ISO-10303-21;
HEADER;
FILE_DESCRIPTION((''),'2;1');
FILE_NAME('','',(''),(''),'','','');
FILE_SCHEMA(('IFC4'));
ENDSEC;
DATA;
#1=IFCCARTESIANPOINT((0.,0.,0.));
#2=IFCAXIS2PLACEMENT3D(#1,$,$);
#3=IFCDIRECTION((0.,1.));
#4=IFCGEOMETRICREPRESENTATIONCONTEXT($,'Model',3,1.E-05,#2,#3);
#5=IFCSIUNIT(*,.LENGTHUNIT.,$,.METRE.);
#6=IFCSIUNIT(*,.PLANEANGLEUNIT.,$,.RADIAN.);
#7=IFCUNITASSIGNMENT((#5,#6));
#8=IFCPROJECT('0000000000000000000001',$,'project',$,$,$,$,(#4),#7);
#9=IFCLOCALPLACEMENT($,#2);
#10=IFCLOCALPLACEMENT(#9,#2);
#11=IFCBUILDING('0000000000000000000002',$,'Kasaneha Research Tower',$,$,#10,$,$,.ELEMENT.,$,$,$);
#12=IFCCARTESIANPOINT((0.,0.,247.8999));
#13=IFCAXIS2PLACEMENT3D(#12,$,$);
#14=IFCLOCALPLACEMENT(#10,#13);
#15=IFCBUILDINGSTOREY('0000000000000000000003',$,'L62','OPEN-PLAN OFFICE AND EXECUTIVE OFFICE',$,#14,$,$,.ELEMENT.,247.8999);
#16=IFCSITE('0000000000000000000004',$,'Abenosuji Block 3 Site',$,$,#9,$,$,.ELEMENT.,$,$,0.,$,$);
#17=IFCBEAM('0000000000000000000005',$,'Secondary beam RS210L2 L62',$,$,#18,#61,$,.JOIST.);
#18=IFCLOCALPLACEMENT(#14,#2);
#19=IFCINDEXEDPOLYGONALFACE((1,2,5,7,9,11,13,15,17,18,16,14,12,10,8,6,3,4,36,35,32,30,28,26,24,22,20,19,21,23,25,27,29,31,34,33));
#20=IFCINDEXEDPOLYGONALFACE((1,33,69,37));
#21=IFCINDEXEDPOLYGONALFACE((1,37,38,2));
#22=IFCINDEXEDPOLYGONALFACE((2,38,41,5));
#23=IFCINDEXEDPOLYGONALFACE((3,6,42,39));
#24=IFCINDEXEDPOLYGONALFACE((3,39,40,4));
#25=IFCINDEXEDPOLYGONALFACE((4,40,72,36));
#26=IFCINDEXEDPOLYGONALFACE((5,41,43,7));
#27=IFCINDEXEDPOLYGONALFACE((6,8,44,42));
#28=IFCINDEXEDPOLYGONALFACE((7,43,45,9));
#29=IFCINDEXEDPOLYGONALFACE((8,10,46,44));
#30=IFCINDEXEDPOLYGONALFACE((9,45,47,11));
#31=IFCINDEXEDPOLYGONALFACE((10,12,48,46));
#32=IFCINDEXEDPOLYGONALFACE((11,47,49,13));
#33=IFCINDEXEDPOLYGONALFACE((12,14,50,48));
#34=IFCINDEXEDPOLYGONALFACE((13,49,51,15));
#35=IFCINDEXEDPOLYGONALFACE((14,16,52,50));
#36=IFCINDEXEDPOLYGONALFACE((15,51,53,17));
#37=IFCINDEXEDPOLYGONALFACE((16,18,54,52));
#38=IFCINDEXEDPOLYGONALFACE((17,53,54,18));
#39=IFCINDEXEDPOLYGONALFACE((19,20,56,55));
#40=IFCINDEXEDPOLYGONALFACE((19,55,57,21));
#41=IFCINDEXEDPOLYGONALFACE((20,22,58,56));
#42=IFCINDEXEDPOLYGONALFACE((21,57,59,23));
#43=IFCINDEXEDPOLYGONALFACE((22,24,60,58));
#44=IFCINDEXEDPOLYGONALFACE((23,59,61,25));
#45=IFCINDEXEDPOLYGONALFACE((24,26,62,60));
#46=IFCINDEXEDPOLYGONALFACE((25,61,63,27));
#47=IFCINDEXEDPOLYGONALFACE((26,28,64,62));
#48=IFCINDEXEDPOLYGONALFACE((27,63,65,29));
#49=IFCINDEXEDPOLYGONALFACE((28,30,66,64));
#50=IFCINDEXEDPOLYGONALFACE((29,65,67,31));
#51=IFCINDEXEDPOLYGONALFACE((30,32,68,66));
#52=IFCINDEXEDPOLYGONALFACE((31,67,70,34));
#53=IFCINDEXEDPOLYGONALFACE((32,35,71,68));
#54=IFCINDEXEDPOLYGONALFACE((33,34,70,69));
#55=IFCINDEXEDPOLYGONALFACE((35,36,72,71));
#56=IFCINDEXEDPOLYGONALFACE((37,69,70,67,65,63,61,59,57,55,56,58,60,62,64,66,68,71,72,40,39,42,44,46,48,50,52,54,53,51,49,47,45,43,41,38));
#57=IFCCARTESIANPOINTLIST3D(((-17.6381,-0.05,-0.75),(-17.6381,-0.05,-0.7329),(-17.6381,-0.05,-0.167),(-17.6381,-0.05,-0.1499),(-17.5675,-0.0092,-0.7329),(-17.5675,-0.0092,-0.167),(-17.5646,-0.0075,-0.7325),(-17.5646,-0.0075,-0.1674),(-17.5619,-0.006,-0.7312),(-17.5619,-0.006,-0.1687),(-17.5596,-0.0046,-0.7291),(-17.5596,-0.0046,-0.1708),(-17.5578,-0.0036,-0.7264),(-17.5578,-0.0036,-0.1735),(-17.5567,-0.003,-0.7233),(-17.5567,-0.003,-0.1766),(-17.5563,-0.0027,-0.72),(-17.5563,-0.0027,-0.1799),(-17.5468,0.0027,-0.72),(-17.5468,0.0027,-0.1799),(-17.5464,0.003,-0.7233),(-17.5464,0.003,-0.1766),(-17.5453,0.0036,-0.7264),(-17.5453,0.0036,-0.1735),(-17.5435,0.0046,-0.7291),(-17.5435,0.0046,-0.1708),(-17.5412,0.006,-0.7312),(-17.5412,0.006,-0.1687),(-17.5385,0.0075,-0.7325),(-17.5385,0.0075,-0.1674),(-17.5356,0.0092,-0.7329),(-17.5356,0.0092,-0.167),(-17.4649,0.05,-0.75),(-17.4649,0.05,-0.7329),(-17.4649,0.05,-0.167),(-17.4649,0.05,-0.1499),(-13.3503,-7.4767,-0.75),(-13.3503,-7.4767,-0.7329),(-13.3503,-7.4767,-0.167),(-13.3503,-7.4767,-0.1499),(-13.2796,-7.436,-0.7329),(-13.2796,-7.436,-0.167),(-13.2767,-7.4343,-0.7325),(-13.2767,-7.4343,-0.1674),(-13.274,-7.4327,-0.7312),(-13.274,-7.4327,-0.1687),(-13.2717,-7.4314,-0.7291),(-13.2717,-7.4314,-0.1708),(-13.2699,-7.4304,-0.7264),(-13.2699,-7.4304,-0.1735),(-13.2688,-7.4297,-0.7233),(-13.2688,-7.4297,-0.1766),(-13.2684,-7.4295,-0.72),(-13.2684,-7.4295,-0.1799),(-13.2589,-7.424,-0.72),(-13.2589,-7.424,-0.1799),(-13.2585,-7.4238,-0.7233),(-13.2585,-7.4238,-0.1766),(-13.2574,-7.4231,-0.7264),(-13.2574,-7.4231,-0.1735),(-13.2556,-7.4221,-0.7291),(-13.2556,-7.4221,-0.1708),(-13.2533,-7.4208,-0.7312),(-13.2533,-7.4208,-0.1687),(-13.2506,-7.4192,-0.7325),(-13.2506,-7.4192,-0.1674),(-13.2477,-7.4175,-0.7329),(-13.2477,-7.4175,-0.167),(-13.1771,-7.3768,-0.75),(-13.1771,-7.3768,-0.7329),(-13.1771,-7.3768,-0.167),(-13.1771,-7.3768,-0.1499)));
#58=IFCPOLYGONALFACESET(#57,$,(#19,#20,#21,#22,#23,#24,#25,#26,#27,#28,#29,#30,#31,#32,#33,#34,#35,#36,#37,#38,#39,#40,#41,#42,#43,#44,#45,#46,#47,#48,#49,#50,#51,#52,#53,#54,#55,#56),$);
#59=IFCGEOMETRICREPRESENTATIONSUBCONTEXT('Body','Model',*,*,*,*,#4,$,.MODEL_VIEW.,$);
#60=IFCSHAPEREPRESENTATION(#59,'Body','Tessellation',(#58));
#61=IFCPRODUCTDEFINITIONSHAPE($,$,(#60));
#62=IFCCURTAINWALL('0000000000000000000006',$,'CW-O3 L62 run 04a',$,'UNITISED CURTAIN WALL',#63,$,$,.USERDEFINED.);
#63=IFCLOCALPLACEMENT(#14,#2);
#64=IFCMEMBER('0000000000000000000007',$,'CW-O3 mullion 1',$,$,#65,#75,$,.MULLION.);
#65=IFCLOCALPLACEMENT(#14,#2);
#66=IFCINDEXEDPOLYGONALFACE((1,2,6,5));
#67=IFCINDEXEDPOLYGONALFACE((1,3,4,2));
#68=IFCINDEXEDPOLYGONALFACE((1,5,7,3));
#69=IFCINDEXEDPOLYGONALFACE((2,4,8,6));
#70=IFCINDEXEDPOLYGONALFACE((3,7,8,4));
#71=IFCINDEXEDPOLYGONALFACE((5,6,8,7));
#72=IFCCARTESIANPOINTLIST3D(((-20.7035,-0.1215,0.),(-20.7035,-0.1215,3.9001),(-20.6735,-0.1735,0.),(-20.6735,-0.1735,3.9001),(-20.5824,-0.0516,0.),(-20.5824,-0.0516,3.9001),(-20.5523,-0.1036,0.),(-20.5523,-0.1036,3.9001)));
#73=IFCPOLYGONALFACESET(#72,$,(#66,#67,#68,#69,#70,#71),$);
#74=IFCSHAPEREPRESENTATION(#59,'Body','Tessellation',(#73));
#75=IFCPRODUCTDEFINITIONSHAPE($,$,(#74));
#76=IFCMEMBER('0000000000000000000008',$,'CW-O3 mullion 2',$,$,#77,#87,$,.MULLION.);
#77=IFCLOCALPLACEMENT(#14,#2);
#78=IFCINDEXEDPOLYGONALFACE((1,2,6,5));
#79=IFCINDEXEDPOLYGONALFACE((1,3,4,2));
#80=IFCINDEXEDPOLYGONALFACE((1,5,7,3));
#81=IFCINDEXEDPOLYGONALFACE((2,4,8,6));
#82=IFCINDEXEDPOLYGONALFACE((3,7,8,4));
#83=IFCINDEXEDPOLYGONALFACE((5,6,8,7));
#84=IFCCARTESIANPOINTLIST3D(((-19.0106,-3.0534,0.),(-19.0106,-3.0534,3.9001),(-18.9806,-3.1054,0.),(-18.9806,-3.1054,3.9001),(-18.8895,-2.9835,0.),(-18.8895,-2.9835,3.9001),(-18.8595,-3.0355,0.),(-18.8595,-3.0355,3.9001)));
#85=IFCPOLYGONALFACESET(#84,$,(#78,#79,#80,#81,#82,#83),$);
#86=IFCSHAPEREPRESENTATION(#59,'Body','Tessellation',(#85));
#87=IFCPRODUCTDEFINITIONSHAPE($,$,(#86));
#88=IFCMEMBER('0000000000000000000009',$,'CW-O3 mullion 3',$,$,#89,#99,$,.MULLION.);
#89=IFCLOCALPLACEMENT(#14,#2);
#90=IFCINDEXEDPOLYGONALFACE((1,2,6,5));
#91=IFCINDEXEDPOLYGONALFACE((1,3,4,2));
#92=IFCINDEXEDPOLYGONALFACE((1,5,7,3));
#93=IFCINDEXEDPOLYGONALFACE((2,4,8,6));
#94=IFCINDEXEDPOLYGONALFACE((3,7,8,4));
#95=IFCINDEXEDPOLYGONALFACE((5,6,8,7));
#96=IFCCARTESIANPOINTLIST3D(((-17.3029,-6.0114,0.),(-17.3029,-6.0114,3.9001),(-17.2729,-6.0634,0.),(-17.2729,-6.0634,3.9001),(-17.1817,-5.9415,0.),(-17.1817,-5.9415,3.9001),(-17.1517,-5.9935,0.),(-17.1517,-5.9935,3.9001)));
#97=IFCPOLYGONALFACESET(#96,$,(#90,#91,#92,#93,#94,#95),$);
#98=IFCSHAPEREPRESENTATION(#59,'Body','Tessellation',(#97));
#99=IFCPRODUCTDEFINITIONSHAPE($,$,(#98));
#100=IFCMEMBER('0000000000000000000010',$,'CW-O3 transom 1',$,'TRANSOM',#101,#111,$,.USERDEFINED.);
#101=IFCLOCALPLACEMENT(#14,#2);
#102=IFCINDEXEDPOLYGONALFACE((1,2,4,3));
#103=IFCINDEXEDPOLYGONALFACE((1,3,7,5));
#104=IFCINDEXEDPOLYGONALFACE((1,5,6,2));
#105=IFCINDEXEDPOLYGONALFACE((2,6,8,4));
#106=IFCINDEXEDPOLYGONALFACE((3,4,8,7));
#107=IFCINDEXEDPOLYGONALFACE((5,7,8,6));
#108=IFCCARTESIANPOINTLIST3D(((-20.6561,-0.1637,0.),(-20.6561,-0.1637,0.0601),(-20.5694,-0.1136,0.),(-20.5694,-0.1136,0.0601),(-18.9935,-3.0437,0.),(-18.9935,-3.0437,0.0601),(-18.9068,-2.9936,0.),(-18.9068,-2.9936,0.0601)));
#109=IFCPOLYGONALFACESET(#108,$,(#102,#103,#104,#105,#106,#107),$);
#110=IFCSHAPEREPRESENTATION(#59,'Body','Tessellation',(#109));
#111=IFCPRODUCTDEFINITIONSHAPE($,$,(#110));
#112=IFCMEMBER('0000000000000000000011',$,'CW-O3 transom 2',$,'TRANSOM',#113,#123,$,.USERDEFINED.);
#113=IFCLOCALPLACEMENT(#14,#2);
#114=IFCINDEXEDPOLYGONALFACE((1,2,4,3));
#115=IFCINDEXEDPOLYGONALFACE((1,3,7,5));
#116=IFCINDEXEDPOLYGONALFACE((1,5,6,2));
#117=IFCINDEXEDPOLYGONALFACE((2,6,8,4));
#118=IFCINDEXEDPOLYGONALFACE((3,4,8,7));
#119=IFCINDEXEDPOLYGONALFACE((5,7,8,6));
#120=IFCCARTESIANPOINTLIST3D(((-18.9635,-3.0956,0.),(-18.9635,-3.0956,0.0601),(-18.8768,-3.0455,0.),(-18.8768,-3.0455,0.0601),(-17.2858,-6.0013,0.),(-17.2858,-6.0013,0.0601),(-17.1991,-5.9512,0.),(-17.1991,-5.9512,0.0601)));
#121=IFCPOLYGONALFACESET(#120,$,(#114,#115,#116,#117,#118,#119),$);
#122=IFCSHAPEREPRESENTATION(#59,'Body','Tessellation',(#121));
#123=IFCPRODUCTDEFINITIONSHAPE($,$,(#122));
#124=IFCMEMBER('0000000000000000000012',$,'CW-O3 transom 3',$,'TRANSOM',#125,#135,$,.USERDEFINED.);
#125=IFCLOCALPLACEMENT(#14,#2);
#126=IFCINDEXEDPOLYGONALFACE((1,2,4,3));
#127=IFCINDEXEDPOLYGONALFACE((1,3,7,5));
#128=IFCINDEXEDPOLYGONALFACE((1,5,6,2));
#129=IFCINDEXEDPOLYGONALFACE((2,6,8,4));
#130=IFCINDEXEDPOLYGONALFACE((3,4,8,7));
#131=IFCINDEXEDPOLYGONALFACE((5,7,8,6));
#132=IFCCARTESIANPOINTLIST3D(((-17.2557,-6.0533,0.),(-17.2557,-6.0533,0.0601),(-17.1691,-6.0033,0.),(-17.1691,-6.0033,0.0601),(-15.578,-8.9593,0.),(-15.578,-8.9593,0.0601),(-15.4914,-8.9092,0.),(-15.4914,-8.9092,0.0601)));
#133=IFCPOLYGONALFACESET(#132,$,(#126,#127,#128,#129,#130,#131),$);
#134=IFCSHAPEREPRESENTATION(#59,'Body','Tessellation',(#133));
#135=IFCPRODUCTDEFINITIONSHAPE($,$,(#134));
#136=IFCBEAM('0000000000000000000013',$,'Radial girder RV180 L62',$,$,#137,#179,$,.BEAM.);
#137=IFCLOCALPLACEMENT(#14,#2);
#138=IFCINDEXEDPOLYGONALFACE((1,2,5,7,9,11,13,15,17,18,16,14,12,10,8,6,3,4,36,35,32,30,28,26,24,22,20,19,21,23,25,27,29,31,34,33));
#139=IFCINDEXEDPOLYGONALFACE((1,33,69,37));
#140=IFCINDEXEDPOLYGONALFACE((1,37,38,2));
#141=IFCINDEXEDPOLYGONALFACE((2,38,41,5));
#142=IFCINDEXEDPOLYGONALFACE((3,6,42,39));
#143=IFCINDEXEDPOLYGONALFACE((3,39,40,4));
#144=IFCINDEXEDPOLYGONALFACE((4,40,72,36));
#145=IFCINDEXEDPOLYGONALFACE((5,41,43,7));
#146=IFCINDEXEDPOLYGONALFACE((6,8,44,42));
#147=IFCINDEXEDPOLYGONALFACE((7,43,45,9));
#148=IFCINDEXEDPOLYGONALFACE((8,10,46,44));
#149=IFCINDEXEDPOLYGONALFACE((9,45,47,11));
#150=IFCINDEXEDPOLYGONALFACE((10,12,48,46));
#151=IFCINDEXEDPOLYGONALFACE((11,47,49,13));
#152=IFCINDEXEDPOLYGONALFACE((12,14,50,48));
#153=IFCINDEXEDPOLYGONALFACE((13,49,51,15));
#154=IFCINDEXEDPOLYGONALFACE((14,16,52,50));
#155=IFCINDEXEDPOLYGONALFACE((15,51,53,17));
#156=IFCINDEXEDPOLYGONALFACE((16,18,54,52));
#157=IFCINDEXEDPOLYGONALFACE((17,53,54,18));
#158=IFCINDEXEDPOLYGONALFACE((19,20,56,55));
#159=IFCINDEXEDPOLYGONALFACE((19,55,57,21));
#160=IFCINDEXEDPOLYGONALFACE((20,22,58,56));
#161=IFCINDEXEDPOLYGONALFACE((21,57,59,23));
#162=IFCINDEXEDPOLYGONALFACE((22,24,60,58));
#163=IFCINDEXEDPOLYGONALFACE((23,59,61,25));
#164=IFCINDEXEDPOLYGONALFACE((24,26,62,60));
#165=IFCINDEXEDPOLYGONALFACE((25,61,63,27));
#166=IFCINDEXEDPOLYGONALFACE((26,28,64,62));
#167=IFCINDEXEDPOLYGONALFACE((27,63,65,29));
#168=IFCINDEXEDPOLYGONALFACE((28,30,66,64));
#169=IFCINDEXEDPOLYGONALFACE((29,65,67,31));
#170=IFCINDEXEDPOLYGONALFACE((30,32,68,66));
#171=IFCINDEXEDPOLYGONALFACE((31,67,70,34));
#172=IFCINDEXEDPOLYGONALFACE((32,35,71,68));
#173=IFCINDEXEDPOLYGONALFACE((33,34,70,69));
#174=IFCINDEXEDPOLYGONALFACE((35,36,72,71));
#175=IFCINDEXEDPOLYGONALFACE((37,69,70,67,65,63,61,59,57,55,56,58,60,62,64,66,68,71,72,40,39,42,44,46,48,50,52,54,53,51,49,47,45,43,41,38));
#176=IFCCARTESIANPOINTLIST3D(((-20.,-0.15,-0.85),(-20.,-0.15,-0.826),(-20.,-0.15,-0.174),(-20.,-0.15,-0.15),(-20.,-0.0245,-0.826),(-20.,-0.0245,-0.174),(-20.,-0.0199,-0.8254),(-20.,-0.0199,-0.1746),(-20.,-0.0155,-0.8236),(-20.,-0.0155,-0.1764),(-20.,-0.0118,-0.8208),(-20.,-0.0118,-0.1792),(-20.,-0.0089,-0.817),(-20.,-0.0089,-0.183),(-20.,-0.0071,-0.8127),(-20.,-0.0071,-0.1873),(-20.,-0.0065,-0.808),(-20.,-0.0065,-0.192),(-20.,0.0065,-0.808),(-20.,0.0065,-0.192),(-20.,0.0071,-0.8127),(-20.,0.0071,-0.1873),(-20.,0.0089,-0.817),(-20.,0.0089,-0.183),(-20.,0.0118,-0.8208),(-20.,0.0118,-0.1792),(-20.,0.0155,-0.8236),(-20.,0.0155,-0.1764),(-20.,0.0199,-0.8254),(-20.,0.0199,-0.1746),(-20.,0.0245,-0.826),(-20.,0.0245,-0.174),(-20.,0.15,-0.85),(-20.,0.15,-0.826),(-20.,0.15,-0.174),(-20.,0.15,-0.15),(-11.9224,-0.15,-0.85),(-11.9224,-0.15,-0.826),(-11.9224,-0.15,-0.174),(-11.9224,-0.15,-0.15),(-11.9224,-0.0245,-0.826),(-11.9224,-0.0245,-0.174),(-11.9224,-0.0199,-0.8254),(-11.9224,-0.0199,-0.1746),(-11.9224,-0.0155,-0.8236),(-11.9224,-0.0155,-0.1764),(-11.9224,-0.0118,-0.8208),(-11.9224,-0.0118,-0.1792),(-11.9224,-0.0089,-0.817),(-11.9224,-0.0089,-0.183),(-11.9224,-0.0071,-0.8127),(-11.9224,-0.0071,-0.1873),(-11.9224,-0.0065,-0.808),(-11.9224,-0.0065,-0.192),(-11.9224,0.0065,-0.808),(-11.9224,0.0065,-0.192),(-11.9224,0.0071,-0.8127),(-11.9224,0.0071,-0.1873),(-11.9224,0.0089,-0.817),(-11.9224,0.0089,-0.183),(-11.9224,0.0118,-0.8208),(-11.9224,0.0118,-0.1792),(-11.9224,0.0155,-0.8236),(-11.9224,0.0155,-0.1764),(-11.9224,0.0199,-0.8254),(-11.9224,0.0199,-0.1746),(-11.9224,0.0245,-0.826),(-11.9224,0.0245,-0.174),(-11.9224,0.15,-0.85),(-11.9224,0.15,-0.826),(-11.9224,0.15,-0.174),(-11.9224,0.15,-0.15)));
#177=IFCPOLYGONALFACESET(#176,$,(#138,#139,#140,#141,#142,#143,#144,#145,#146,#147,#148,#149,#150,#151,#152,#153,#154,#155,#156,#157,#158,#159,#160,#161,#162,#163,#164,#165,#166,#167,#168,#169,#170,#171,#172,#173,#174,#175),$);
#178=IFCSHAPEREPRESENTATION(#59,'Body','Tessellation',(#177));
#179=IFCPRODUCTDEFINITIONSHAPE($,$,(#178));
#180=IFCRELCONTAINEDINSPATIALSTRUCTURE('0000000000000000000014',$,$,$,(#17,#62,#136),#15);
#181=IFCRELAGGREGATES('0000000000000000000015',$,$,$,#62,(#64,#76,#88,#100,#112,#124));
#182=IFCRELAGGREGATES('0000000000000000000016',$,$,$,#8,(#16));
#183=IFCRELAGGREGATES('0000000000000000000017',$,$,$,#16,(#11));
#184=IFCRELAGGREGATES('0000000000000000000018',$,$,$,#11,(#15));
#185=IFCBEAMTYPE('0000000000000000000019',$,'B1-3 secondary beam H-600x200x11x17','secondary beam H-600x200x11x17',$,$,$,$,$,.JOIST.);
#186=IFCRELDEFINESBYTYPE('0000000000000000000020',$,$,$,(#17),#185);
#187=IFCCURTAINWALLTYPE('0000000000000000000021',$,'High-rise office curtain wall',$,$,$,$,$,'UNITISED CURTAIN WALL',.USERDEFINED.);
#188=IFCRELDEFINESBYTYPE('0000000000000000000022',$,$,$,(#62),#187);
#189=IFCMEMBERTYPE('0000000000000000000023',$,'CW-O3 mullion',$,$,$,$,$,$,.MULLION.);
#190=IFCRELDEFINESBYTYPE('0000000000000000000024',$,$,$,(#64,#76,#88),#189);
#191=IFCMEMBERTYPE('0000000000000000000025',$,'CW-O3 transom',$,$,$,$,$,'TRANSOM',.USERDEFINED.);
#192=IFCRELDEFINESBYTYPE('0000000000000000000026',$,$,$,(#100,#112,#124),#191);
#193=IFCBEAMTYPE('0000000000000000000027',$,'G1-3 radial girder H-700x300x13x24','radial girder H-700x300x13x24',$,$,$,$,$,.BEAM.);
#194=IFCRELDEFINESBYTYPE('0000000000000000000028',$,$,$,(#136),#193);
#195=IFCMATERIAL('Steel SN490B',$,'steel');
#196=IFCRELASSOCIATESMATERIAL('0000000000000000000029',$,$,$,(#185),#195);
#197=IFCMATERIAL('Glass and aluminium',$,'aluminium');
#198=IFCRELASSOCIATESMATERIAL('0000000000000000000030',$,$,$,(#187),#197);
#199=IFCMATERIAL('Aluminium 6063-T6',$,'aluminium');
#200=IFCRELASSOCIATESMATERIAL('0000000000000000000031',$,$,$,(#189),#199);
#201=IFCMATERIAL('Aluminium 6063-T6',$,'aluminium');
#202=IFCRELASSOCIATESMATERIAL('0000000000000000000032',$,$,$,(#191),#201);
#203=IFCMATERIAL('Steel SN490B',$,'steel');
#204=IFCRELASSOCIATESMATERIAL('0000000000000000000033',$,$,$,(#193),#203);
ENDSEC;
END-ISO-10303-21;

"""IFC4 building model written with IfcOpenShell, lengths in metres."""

from ifc_helpers import new_model, si_unit, direction, frame, origin, origin_2d, place, context, subcontext, project, spatial, rectangle, i_section, extrude, material, material_profile, profile_set, type_object, element, aggregate, save


model = new_model("IFC4")

# Units and contexts
model_context = context("Model", 3, precision=1e-05, world=origin(), true_north=direction((0.0, 1.0)))
body_context = subcontext(model_context, "Body", "Model", "MODEL_VIEW")
ifc_project = project(units=[si_unit("LENGTHUNIT", "METRE"), si_unit("PLANEANGLEUNIT", "RADIAN")], contexts=[model_context])

# Site, building, storey
site_placement = place(None, origin())
site = spatial("IfcSite", under=ifc_project, at=site_placement, Name="Abenosuji Block 3 Site", CompositionType="ELEMENT", RefElevation=0.0)
building_placement = place(site_placement, origin())
building = spatial("IfcBuilding", under=site, at=building_placement, Name="Kasaneha Research Tower", CompositionType="ELEMENT")
storey_placement = place(building_placement, frame((0.0, 0.0, 247.8999)))
storey = spatial("IfcBuildingStorey", under=building, at=storey_placement, Name="L62", Description="OPEN-PLAN OFFICE AND EXECUTIVE OFFICE", CompositionType="ELEMENT", Elevation=247.8999)

# Beam
ifc_material_1 = material(Name="Steel SN490B", Category="steel")
ifc_material_profile_1 = material_profile(ifc_material_1, i_section(OverallWidth=0.2, OverallDepth=0.6001, WebThickness=0.011, FlangeThickness=0.0171, FilletRadius=0.0129, at=origin_2d()), Name="H-600x200x11x17")
ifc_profile_set_1 = profile_set([ifc_material_profile_1], Name="Steel SN490B")
beam_type_1 = type_object("IfcBeamType", Name="B1-3 secondary beam H-600x200x11x17", Description="secondary beam H-600x200x11x17", PredefinedType="JOIST", material=ifc_profile_set_1)
beam_1_placement = place(storey_placement, frame((-17.5515, 0.0, -0.45), z_axis=(0.5, -0.866025, 0.0), x_axis=(0.866025, 0.5, 0.0)))
element("IfcBeam", 1, at=beam_1_placement, inside=storey, type_object=beam_type_1, Name="Secondary beam RS210L2 L62", PredefinedType="JOIST", context=body_context, shape_type="SweptSolid", body=[
    extrude(i_section(OverallWidth=0.2, OverallDepth=0.6001, WebThickness=0.011, FlangeThickness=0.0171, FilletRadius=0.0129, at=origin_2d()), origin(), (0.0, 0.0, 1.0), 8.5757),
])

# Curtain wall, members
ifc_material_2 = material(Name="Glass and aluminium", Category="aluminium")
curtain_wall_type = type_object("IfcCurtainWallType", Name="High-rise office curtain wall", ElementType="UNITISED CURTAIN WALL", PredefinedType="USERDEFINED", material=ifc_material_2)
curtain_wall_placement = place(storey_placement, origin())
curtain_wall = element("IfcCurtainWall", 2, at=curtain_wall_placement, inside=storey, type_object=curtain_wall_type, Name="CW-O3 L62 run 04a", ObjectType="UNITISED CURTAIN WALL", PredefinedType="USERDEFINED")
ifc_material_3 = material(Name="Aluminium 6063-T6", Category="aluminium")
ifc_material_profile_2 = material_profile(ifc_material_3, rectangle(XDim=0.0601, YDim=0.1399, at=origin_2d()), Name="CW-O3 mullion 60x140")
ifc_profile_set_2 = profile_set([ifc_material_profile_2], Name="Aluminium 6063-T6")
member_type_1 = type_object("IfcMemberType", Name="CW-O3 mullion", PredefinedType="MULLION", material=ifc_profile_set_2)
member_1_placement = place(storey_placement, frame((-20.6279, -0.1125, 0.0), z_axis=(0.0, 0.0, 1.0), x_axis=(0.5, -0.866025, 0.0)))
member_1 = element("IfcMember", 3, at=member_1_placement, type_object=member_type_1, Name="CW-O3 mullion 1", PredefinedType="MULLION", context=body_context, shape_type="SweptSolid", body=[
    extrude(rectangle(XDim=0.0601, YDim=0.1399, at=origin_2d()), origin(), (0.0, 0.0, 1.0), 3.9001),
])
member_2_placement = place(storey_placement, frame((-18.9351, -3.0444, 0.0), z_axis=(0.0, 0.0, 1.0), x_axis=(0.5, -0.866025, 0.0)))
member_2 = element("IfcMember", 4, at=member_2_placement, type_object=member_type_1, Name="CW-O3 mullion 2", PredefinedType="MULLION", context=body_context, shape_type="SweptSolid", body=[
    extrude(rectangle(XDim=0.0601, YDim=0.1399, at=origin_2d()), origin(), (0.0, 0.0, 1.0), 3.9001),
])
member_3_placement = place(storey_placement, frame((-17.2273, -6.0024, 0.0), z_axis=(0.0, 0.0, 1.0), x_axis=(0.5, -0.866025, 0.0)))
member_3 = element("IfcMember", 5, at=member_3_placement, type_object=member_type_1, Name="CW-O3 mullion 3", PredefinedType="MULLION", context=body_context, shape_type="SweptSolid", body=[
    extrude(rectangle(XDim=0.0601, YDim=0.1399, at=origin_2d()), origin(), (0.0, 0.0, 1.0), 3.9001),
])
ifc_material_4 = material(Name="Aluminium 6063-T6", Category="aluminium")
ifc_material_profile_3 = material_profile(ifc_material_4, rectangle(XDim=0.1001, YDim=0.0601, at=origin_2d()), Name="CW-O3 transom 100x60")
ifc_profile_set_3 = profile_set([ifc_material_profile_3], Name="Aluminium 6063-T6")
member_type_2 = type_object("IfcMemberType", Name="CW-O3 transom", ElementType="TRANSOM", PredefinedType="USERDEFINED", material=ifc_profile_set_3)
member_4_placement = place(storey_placement, frame((-20.6128, -0.1387, 0.03), z_axis=(0.499977, -0.866039, 0.0), x_axis=(0.866039, 0.499977, 0.0)))
member_4 = element("IfcMember", 6, at=member_4_placement, type_object=member_type_2, Name="CW-O3 transom 1", ObjectType="TRANSOM", PredefinedType="USERDEFINED", context=body_context, shape_type="SweptSolid", body=[
    extrude(rectangle(XDim=0.1001, YDim=0.0601, at=origin_2d()), origin(), (0.0, 0.0, 1.0), 3.3254),
])
member_5_placement = place(storey_placement, frame((-18.9202, -3.0706, 0.03), z_axis=(0.500021, -0.866014, 0.0), x_axis=(0.866014, 0.500021, 0.0)))
member_5 = element("IfcMember", 7, at=member_5_placement, type_object=member_type_2, Name="CW-O3 transom 2", ObjectType="TRANSOM", PredefinedType="USERDEFINED", context=body_context, shape_type="SweptSolid", body=[
    extrude(rectangle(XDim=0.1001, YDim=0.0601, at=origin_2d()), origin(), (0.0, 0.0, 1.0), 3.3552),
])
member_6_placement = place(storey_placement, frame((-17.2124, -6.0283, 0.03), z_axis=(0.499989, -0.866032, 0.0), x_axis=(0.866032, 0.499989, 0.0)))
member_6 = element("IfcMember", 8, at=member_6_placement, type_object=member_type_2, Name="CW-O3 transom 3", ObjectType="TRANSOM", PredefinedType="USERDEFINED", context=body_context, shape_type="SweptSolid", body=[
    extrude(rectangle(XDim=0.1001, YDim=0.0601, at=origin_2d()), origin(), (0.0, 0.0, 1.0), 3.3555),
])

# Beam
ifc_material_5 = material(Name="Steel SN490B", Category="steel")
ifc_material_profile_4 = material_profile(ifc_material_5, i_section(OverallWidth=0.3, OverallDepth=0.7, WebThickness=0.0129, FlangeThickness=0.0239, FilletRadius=0.0181, at=origin_2d()), Name="H-700x300x13x24")
ifc_profile_set_4 = profile_set([ifc_material_profile_4], Name="Steel SN490B")
beam_type_2 = type_object("IfcBeamType", Name="G1-3 radial girder H-700x300x13x24", Description="radial girder H-700x300x13x24", PredefinedType="BEAM", material=ifc_profile_set_4)
beam_2_placement = place(storey_placement, frame((-11.9224, 0.0, -0.5), z_axis=(-1.0, 0.0, 0.0), x_axis=(0.0, -1.0, 0.0)))
element("IfcBeam", 9, at=beam_2_placement, inside=storey, type_object=beam_type_2, Name="Radial girder RV180 L62", PredefinedType="BEAM", context=body_context, shape_type="SweptSolid", body=[
    extrude(i_section(OverallWidth=0.3, OverallDepth=0.7, WebThickness=0.0129, FlangeThickness=0.0239, FilletRadius=0.0181, at=origin_2d()), origin(), (0.0, 0.0, 1.0), 8.0776),
])

aggregate(curtain_wall, [member_1, member_2, member_3, member_4, member_5, member_6])

save(model, "model.ifc")
